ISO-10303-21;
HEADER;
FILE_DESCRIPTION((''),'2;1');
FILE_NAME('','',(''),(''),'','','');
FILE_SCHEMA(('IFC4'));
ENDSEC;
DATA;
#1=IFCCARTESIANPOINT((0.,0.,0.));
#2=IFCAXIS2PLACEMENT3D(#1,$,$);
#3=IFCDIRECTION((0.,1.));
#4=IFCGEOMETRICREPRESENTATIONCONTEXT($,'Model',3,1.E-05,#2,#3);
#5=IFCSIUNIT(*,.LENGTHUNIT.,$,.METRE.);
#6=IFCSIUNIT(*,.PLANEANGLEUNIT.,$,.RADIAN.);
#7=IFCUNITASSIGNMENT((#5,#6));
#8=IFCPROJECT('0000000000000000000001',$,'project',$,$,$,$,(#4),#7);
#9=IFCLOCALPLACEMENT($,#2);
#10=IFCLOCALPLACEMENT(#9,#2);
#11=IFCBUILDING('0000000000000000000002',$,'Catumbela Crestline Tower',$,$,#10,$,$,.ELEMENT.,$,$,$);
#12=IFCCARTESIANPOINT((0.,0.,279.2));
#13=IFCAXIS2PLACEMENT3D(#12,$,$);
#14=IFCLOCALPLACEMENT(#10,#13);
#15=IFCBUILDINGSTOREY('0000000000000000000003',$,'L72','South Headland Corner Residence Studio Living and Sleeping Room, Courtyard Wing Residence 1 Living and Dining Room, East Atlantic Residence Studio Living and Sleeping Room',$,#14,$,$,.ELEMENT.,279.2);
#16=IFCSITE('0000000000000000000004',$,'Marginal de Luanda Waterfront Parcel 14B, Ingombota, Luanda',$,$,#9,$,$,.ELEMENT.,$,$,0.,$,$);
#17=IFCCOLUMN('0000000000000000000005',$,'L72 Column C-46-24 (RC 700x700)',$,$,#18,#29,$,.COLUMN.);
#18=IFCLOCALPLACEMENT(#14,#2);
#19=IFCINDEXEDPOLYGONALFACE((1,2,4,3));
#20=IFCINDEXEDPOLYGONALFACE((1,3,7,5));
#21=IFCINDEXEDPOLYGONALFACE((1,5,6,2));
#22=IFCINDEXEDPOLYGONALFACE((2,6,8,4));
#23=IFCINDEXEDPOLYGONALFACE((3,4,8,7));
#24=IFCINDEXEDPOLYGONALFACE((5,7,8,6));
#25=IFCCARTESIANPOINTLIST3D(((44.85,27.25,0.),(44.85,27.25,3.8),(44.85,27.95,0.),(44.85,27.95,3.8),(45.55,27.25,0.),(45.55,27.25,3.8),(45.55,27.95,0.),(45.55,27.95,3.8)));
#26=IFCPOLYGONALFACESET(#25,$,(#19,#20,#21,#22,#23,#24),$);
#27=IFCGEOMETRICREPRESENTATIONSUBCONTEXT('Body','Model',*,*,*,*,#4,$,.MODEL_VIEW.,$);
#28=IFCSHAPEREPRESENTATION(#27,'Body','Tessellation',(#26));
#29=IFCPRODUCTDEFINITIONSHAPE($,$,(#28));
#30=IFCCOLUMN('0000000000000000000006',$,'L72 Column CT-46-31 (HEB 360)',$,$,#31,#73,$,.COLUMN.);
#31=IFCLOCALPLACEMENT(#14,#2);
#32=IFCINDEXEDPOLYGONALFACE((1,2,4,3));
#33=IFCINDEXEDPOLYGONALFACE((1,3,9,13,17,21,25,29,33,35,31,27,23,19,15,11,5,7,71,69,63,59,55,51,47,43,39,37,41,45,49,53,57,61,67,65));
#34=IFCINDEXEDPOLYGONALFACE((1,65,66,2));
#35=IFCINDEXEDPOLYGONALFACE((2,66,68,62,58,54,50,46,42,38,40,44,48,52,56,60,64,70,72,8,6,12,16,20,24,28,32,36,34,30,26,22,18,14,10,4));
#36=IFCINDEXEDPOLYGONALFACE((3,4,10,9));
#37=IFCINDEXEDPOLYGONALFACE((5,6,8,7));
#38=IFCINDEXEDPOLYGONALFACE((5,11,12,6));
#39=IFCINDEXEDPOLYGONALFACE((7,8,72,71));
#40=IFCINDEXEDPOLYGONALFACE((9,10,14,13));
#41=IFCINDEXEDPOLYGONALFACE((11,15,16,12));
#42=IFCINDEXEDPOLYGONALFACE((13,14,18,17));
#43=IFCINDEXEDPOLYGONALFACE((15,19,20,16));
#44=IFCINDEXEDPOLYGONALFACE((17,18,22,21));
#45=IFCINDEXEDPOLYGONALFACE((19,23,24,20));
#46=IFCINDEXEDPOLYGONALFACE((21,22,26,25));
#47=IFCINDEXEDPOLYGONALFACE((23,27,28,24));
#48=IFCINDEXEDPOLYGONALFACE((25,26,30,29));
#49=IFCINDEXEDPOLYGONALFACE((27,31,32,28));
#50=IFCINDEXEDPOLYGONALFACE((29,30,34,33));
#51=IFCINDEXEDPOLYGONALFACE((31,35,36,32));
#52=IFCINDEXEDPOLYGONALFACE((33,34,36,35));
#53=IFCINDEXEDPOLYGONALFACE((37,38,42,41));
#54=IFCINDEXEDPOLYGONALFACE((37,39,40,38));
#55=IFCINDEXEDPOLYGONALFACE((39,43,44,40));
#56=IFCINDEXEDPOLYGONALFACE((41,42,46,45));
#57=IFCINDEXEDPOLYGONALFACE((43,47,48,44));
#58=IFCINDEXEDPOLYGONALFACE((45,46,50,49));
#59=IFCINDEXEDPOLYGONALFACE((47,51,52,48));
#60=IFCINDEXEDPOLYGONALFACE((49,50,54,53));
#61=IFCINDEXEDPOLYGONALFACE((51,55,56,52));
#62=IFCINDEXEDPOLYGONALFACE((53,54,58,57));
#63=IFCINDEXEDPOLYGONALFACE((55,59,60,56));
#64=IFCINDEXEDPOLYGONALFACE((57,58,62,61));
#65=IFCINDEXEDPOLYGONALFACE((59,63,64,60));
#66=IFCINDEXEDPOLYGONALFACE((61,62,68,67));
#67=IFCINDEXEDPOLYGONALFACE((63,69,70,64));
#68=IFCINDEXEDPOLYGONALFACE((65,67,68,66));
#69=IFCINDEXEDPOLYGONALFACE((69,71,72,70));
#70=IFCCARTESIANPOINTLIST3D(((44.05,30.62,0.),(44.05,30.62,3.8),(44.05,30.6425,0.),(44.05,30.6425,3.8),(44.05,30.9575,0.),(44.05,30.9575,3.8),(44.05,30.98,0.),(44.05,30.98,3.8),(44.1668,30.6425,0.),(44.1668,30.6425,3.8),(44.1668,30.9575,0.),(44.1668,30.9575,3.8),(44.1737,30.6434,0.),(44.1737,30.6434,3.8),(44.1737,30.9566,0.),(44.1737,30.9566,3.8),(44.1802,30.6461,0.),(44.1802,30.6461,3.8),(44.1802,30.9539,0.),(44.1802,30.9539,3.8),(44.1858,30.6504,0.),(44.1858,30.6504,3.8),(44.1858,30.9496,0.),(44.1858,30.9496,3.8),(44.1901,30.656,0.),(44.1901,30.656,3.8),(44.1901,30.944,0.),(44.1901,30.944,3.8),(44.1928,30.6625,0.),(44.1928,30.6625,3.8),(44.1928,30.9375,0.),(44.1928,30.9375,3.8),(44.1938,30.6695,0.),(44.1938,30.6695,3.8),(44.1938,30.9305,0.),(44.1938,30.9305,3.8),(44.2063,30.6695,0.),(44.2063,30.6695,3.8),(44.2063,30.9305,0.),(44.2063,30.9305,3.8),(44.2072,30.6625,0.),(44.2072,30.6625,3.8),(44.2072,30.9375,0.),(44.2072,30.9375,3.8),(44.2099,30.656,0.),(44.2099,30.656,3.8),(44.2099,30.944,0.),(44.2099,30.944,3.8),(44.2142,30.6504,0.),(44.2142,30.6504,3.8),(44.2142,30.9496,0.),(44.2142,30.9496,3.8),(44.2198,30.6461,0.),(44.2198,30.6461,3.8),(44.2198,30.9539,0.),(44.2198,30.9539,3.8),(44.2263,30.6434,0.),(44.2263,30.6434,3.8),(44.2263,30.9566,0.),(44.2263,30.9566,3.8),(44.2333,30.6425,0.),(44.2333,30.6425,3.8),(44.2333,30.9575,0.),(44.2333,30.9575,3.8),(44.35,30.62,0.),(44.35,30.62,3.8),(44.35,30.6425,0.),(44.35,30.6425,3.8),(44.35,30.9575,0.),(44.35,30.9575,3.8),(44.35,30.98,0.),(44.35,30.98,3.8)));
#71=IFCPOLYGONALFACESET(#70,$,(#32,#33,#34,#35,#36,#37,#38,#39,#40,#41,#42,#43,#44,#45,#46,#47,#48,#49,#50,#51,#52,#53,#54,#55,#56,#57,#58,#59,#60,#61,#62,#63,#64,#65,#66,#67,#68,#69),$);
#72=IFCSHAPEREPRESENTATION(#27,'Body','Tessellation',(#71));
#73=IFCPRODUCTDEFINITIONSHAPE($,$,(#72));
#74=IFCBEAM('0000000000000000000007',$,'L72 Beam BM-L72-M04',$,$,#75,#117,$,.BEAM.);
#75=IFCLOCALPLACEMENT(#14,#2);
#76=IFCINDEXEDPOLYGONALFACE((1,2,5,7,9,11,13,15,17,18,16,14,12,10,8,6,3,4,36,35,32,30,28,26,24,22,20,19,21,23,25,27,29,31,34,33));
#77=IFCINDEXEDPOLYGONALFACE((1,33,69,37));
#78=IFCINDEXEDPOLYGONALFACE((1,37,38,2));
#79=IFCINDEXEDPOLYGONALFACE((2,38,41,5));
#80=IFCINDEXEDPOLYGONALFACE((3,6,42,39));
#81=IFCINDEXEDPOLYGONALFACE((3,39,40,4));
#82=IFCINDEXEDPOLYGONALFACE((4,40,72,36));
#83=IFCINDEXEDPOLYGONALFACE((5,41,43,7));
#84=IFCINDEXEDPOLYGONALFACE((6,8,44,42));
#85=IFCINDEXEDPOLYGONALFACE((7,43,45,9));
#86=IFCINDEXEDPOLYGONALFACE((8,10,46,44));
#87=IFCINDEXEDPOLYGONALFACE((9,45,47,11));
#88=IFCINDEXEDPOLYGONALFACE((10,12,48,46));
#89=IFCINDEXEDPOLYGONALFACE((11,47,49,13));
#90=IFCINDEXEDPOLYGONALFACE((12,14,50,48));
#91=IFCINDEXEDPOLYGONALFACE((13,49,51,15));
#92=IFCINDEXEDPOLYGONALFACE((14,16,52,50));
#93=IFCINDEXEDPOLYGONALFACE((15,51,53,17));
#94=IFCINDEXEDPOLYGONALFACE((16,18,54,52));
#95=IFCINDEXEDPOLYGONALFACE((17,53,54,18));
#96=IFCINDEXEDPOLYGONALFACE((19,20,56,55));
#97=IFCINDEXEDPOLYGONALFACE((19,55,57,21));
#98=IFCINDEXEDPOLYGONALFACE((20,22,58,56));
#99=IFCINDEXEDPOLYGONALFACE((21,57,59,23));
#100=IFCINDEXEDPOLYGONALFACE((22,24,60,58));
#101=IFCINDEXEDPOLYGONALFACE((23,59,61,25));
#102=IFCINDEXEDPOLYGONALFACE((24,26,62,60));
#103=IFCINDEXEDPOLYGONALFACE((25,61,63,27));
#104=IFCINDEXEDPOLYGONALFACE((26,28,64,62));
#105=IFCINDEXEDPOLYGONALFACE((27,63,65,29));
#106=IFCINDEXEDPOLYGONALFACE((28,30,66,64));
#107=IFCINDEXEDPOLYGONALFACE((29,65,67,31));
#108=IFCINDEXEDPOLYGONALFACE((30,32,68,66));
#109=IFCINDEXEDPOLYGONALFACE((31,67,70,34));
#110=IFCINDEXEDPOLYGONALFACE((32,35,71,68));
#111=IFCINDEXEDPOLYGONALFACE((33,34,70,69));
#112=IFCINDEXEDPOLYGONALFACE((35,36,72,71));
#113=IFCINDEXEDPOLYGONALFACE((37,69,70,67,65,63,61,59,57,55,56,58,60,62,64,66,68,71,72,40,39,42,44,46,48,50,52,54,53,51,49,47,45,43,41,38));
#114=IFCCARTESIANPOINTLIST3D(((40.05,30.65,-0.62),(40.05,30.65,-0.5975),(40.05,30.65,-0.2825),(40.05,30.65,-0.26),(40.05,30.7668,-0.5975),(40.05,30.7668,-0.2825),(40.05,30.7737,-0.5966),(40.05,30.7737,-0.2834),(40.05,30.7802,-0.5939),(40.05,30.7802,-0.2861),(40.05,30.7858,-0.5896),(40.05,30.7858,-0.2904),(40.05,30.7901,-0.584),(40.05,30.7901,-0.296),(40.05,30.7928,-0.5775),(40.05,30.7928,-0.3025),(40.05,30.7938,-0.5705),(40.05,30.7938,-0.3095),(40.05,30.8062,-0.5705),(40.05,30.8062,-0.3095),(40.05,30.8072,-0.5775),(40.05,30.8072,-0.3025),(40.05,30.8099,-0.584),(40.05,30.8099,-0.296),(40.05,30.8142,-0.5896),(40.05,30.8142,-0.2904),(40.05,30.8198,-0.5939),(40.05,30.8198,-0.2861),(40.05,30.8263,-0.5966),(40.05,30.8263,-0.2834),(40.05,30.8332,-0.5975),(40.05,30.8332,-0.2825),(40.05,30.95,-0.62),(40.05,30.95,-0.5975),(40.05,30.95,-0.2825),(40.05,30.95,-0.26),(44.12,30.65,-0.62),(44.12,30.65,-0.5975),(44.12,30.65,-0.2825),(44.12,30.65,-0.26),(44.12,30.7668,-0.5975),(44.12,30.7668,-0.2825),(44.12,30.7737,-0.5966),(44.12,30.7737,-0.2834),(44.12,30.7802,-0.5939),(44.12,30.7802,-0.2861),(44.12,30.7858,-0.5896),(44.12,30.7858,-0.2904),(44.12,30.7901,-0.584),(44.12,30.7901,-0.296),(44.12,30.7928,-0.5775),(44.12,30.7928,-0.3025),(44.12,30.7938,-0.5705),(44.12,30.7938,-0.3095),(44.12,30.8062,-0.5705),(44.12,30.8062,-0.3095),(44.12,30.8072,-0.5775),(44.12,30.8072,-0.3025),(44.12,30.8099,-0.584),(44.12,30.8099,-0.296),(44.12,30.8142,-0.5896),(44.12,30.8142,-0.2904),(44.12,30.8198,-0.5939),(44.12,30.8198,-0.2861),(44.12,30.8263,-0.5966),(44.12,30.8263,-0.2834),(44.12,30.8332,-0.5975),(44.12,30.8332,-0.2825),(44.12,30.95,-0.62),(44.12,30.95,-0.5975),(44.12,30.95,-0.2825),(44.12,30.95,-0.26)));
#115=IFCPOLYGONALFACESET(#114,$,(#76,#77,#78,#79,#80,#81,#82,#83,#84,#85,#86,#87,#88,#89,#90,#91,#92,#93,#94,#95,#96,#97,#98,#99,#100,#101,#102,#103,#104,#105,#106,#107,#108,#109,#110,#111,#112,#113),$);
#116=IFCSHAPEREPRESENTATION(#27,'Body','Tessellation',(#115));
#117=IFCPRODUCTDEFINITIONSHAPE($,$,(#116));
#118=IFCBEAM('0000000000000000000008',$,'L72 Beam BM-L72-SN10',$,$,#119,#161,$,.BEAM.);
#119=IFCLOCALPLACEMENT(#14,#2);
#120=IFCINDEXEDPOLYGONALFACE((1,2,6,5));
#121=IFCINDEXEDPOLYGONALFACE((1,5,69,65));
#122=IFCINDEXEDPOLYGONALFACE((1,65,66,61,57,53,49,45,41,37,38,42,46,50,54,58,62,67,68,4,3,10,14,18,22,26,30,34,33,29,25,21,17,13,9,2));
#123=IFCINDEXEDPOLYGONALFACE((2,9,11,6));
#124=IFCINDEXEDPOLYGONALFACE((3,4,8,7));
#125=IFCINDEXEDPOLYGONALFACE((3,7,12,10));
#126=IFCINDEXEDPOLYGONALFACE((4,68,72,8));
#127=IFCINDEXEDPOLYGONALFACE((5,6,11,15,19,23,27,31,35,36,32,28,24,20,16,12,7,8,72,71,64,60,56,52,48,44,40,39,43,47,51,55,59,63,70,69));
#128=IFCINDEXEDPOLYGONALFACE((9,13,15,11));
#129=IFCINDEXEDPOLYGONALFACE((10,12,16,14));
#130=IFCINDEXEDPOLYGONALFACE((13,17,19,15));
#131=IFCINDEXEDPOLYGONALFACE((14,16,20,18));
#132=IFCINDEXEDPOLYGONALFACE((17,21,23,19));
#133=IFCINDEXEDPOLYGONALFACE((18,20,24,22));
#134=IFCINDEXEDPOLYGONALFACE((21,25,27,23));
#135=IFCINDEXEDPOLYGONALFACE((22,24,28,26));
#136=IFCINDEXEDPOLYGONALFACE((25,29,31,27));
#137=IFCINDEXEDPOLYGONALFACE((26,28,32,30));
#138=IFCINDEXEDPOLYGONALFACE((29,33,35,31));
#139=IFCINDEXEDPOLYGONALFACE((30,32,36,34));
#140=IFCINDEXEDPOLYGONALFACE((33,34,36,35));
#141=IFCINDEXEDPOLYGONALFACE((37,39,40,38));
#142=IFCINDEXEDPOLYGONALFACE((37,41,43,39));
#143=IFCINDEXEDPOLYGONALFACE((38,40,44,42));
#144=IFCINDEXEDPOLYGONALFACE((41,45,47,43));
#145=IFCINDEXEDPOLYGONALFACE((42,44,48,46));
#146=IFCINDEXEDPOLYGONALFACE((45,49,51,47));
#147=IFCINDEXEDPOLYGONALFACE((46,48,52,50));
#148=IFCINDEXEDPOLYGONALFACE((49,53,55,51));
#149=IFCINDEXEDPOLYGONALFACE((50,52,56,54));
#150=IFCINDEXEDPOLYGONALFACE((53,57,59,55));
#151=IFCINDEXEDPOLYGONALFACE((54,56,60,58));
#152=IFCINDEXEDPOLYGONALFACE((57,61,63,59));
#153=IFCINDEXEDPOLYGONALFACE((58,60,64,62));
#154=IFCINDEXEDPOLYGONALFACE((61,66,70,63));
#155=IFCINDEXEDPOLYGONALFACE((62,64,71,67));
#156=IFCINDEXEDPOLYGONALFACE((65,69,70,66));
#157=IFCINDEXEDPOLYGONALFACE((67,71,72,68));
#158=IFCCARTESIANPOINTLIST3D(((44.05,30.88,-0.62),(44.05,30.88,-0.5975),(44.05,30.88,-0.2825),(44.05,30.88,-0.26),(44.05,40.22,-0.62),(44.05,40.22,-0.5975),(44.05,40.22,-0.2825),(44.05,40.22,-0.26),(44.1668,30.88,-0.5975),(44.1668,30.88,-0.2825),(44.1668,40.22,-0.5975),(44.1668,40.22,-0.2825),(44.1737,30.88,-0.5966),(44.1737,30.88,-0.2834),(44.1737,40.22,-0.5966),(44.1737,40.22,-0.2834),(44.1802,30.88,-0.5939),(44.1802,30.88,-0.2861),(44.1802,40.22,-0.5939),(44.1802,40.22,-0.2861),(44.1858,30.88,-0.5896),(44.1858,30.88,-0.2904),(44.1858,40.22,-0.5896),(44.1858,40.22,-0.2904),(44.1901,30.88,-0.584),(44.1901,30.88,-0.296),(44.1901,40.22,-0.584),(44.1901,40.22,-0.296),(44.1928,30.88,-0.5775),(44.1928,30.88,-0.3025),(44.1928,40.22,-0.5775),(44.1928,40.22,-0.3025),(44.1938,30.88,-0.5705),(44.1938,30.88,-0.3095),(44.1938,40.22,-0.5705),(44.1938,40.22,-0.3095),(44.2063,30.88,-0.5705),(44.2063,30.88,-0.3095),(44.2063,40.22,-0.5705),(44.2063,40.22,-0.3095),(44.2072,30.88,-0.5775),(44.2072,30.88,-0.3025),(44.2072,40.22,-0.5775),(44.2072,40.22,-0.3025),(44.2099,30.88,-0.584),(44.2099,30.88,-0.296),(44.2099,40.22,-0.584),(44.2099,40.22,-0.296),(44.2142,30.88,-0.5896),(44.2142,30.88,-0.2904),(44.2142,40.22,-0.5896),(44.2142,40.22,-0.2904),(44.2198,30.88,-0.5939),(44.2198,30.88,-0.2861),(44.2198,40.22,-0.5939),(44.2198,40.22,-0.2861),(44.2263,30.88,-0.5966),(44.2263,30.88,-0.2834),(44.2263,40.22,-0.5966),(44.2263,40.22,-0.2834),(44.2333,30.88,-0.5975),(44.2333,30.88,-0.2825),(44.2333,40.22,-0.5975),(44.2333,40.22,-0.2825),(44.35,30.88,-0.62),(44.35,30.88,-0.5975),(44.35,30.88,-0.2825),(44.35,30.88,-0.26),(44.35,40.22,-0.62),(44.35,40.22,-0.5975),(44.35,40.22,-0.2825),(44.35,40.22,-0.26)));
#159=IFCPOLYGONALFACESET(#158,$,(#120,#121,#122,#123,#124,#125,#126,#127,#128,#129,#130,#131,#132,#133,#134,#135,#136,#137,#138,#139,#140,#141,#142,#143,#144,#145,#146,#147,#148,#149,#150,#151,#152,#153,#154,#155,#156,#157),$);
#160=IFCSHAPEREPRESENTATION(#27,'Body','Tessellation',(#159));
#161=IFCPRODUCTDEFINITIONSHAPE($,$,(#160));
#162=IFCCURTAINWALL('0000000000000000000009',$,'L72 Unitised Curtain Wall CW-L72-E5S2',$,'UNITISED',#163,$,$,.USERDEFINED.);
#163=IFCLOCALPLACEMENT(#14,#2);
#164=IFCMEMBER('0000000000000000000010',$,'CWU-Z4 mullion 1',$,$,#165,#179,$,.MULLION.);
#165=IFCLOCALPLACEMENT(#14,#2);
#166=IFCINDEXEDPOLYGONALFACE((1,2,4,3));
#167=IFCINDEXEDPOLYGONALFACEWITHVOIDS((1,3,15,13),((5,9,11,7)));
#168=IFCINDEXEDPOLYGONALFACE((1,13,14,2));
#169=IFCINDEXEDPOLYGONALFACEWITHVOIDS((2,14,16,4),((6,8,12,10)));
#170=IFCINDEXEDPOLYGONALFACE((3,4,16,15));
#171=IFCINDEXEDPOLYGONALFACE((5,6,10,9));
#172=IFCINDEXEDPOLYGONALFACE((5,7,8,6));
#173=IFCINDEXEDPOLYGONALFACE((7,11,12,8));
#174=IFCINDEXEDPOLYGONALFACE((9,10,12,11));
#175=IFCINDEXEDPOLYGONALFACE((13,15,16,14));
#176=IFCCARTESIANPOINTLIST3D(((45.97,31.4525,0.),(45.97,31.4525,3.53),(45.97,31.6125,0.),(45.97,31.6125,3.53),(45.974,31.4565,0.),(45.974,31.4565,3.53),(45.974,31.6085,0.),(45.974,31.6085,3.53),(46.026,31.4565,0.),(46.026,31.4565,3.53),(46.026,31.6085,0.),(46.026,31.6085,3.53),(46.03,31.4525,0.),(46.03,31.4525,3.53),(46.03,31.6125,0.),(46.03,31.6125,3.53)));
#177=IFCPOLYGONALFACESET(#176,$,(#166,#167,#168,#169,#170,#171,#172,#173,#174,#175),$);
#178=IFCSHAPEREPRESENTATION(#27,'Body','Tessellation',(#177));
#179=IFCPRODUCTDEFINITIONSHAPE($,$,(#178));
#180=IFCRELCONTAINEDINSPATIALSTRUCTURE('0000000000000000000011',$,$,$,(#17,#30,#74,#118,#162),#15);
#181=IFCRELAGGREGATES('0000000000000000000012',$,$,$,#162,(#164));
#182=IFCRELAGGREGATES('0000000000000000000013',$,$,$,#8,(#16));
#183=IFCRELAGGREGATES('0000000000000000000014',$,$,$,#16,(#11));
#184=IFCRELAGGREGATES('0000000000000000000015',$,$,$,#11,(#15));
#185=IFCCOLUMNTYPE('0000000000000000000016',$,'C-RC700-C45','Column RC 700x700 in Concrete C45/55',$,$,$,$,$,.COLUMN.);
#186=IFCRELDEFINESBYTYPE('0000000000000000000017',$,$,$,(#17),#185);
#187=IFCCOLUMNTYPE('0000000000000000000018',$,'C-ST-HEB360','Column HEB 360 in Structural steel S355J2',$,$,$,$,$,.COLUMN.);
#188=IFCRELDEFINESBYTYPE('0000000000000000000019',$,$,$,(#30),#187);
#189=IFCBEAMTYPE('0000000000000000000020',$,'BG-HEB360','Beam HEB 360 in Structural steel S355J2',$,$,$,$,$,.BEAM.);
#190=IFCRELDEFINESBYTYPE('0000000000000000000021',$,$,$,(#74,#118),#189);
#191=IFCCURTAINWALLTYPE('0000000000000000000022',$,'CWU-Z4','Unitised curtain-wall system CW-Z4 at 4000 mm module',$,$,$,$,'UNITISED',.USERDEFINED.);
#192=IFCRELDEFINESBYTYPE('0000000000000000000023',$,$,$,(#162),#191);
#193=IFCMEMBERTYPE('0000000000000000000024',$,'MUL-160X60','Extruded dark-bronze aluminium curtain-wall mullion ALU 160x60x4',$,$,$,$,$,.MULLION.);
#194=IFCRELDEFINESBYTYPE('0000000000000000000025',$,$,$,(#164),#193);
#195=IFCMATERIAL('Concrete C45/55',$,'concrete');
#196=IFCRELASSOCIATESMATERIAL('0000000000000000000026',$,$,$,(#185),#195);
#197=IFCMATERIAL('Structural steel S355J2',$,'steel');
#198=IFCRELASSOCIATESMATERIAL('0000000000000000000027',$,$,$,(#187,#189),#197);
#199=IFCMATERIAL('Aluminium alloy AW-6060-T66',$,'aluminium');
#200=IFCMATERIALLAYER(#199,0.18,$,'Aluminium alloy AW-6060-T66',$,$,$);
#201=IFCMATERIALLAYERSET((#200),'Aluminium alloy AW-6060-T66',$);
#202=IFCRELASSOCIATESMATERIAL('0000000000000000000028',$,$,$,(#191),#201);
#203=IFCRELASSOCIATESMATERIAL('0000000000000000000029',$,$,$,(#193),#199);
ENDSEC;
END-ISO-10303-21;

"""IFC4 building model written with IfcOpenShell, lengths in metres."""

from ifc_helpers import new_model, si_unit, direction, frame, origin, origin_2d, place, context, subcontext, project, spatial, rectangle, hollow_rectangle, i_section, extrude, material, layer, layer_set, material_profile, profile_set, type_object, element, aggregate, save


model = new_model("IFC4")

# Units and contexts
model_context = context("Model", 3, precision=1e-05, world=origin(), true_north=direction((0.0, 1.0)))
body_context = subcontext(model_context, "Body", "Model", "MODEL_VIEW")
ifc_project = project(units=[si_unit("LENGTHUNIT", "METRE"), si_unit("PLANEANGLEUNIT", "RADIAN")], contexts=[model_context])

# Site, building, storey
site_placement = place(None, origin())
site = spatial("IfcSite", under=ifc_project, at=site_placement, Name="Marginal de Luanda Waterfront Parcel 14B, Ingombota, Luanda", CompositionType="ELEMENT", RefElevation=0.0)
building_placement = place(site_placement, origin())
building = spatial("IfcBuilding", under=site, at=building_placement, Name="Catumbela Crestline Tower", CompositionType="ELEMENT")
storey_placement = place(building_placement, frame((0.0, 0.0, 279.2)))
storey = spatial("IfcBuildingStorey", under=building, at=storey_placement, Name="L72", Description="South Headland Corner Residence Studio Living and Sleeping Room, Courtyard Wing Residence 1 Living and Dining Room, East Atlantic Residence Studio Living and Sleeping Room", CompositionType="ELEMENT", Elevation=279.2)

# Columns
ifc_material_1 = material(Name="Concrete C45/55", Category="concrete")
ifc_material_profile_1 = material_profile(ifc_material_1, rectangle(XDim=0.7, YDim=0.7, at=origin_2d()), Name="RC 700x700")
ifc_profile_set_1 = profile_set([ifc_material_profile_1], Name="Concrete C45/55")
column_type_1 = type_object("IfcColumnType", Name="C-RC700-C45", Description="Column RC 700x700 in Concrete C45/55", PredefinedType="COLUMN", material=ifc_profile_set_1)
column_1_placement = place(storey_placement, frame((45.2, 27.6, 0.0), z_axis=(0.0, 0.0, 1.0), x_axis=(1.0, 0.0, 0.0)))
element("IfcColumn", 1, at=column_1_placement, inside=storey, type_object=column_type_1, Name="L72 Column C-46-24 (RC 700x700)", PredefinedType="COLUMN", context=body_context, shape_type="SweptSolid", body=[
    extrude(rectangle(XDim=0.7, YDim=0.7, at=origin_2d()), origin(), (0.0, 0.0, 1.0), 3.8),
])
ifc_material_2 = material(Name="Structural steel S355J2", Category="steel")
ifc_material_profile_2 = material_profile(ifc_material_2, i_section(OverallWidth=0.3, OverallDepth=0.36, WebThickness=0.0125, FlangeThickness=0.0225, FilletRadius=0.027, at=origin_2d()), Name="HEB 360")
ifc_profile_set_2 = profile_set([ifc_material_profile_2], Name="Structural steel S355J2")
column_type_2 = type_object("IfcColumnType", Name="C-ST-HEB360", Description="Column HEB 360 in Structural steel S355J2", PredefinedType="COLUMN", material=ifc_profile_set_2)
column_2_placement = place(storey_placement, frame((44.2, 30.8, 0.0), z_axis=(0.0, 0.0, 1.0), x_axis=(1.0, 0.0, 0.0)))
element("IfcColumn", 2, at=column_2_placement, inside=storey, type_object=column_type_2, Name="L72 Column CT-46-31 (HEB 360)", PredefinedType="COLUMN", context=body_context, shape_type="SweptSolid", body=[
    extrude(i_section(OverallWidth=0.3, OverallDepth=0.36, WebThickness=0.0125, FlangeThickness=0.0225, FilletRadius=0.027, at=origin_2d()), origin(), (0.0, 0.0, 1.0), 3.8),
])

# Beams
ifc_material_profile_3 = material_profile(ifc_material_2, i_section(OverallWidth=0.3, OverallDepth=0.36, WebThickness=0.0125, FlangeThickness=0.0225, FilletRadius=0.027, at=origin_2d()), Name="HEB 360")
ifc_profile_set_3 = profile_set([ifc_material_profile_3], Name="Structural steel S355J2")
beam_type_1 = type_object("IfcBeamType", Name="BG-HEB360", Description="Beam HEB 360 in Structural steel S355J2", PredefinedType="BEAM", material=ifc_profile_set_3)
beam_1_placement = place(storey_placement, frame((40.05, 30.8, -0.44), z_axis=(1.0, 0.0, 0.0), x_axis=(0.0, 1.0, 0.0)))
element("IfcBeam", 3, at=beam_1_placement, inside=storey, type_object=beam_type_1, Name="L72 Beam BM-L72-M04", PredefinedType="BEAM", context=body_context, shape_type="SweptSolid", body=[
    extrude(i_section(OverallWidth=0.3, OverallDepth=0.36, WebThickness=0.0125, FlangeThickness=0.0225, FilletRadius=0.027, at=origin_2d()), origin(), (0.0, 0.0, 1.0), 4.07),
])
beam_2_placement = place(storey_placement, frame((44.2, 30.88, -0.44), z_axis=(0.0, 1.0, 0.0), x_axis=(-1.0, 0.0, 0.0)))
element("IfcBeam", 4, at=beam_2_placement, inside=storey, type_object=beam_type_1, Name="L72 Beam BM-L72-SN10", PredefinedType="BEAM", context=body_context, shape_type="SweptSolid", body=[
    extrude(i_section(OverallWidth=0.3, OverallDepth=0.36, WebThickness=0.0125, FlangeThickness=0.0225, FilletRadius=0.027, at=origin_2d()), origin(), (0.0, 0.0, 1.0), 9.34),
])

# Curtain wall, member
ifc_material_3 = material(Name="Aluminium alloy AW-6060-T66", Category="aluminium")
ifc_layer_1 = layer(ifc_material_3, 0.18, Name="Aluminium alloy AW-6060-T66")
ifc_layer_set_1 = layer_set([ifc_layer_1], Name="Aluminium alloy AW-6060-T66")
curtain_wall_type = type_object("IfcCurtainWallType", Name="CWU-Z4", Description="Unitised curtain-wall system CW-Z4 at 4000 mm module", ElementType="UNITISED", PredefinedType="USERDEFINED", material=ifc_layer_set_1)
curtain_wall_placement = place(storey_placement, origin())
curtain_wall = element("IfcCurtainWall", 5, at=curtain_wall_placement, inside=storey, type_object=curtain_wall_type, Name="L72 Unitised Curtain Wall CW-L72-E5S2", ObjectType="UNITISED", PredefinedType="USERDEFINED")
ifc_material_profile_4 = material_profile(ifc_material_3, hollow_rectangle(XDim=0.06, YDim=0.16, WallThickness=0.004, at=origin_2d()), Name="ALU 160x60x4")
ifc_profile_set_4 = profile_set([ifc_material_profile_4], Name="Aluminium alloy AW-6060-T66")
member_type_1 = type_object("IfcMemberType", Name="MUL-160X60", Description="Extruded dark-bronze aluminium curtain-wall mullion ALU 160x60x4", PredefinedType="MULLION", material=ifc_profile_set_4)
member_1_placement = place(storey_placement, frame((46.0, 31.5325, 0.0), z_axis=(0.0, 0.0, 1.0), x_axis=(-1.0, 0.0, 0.0)))
member_1 = element("IfcMember", 6, at=member_1_placement, type_object=member_type_1, Name="CWU-Z4 mullion 1", PredefinedType="MULLION", context=body_context, shape_type="SweptSolid", body=[
    extrude(hollow_rectangle(XDim=0.06, YDim=0.16, WallThickness=0.004, at=origin_2d()), origin(), (0.0, 0.0, 1.0), 3.53),
])

aggregate(curtain_wall, [member_1])

save(model, "model.ifc")
